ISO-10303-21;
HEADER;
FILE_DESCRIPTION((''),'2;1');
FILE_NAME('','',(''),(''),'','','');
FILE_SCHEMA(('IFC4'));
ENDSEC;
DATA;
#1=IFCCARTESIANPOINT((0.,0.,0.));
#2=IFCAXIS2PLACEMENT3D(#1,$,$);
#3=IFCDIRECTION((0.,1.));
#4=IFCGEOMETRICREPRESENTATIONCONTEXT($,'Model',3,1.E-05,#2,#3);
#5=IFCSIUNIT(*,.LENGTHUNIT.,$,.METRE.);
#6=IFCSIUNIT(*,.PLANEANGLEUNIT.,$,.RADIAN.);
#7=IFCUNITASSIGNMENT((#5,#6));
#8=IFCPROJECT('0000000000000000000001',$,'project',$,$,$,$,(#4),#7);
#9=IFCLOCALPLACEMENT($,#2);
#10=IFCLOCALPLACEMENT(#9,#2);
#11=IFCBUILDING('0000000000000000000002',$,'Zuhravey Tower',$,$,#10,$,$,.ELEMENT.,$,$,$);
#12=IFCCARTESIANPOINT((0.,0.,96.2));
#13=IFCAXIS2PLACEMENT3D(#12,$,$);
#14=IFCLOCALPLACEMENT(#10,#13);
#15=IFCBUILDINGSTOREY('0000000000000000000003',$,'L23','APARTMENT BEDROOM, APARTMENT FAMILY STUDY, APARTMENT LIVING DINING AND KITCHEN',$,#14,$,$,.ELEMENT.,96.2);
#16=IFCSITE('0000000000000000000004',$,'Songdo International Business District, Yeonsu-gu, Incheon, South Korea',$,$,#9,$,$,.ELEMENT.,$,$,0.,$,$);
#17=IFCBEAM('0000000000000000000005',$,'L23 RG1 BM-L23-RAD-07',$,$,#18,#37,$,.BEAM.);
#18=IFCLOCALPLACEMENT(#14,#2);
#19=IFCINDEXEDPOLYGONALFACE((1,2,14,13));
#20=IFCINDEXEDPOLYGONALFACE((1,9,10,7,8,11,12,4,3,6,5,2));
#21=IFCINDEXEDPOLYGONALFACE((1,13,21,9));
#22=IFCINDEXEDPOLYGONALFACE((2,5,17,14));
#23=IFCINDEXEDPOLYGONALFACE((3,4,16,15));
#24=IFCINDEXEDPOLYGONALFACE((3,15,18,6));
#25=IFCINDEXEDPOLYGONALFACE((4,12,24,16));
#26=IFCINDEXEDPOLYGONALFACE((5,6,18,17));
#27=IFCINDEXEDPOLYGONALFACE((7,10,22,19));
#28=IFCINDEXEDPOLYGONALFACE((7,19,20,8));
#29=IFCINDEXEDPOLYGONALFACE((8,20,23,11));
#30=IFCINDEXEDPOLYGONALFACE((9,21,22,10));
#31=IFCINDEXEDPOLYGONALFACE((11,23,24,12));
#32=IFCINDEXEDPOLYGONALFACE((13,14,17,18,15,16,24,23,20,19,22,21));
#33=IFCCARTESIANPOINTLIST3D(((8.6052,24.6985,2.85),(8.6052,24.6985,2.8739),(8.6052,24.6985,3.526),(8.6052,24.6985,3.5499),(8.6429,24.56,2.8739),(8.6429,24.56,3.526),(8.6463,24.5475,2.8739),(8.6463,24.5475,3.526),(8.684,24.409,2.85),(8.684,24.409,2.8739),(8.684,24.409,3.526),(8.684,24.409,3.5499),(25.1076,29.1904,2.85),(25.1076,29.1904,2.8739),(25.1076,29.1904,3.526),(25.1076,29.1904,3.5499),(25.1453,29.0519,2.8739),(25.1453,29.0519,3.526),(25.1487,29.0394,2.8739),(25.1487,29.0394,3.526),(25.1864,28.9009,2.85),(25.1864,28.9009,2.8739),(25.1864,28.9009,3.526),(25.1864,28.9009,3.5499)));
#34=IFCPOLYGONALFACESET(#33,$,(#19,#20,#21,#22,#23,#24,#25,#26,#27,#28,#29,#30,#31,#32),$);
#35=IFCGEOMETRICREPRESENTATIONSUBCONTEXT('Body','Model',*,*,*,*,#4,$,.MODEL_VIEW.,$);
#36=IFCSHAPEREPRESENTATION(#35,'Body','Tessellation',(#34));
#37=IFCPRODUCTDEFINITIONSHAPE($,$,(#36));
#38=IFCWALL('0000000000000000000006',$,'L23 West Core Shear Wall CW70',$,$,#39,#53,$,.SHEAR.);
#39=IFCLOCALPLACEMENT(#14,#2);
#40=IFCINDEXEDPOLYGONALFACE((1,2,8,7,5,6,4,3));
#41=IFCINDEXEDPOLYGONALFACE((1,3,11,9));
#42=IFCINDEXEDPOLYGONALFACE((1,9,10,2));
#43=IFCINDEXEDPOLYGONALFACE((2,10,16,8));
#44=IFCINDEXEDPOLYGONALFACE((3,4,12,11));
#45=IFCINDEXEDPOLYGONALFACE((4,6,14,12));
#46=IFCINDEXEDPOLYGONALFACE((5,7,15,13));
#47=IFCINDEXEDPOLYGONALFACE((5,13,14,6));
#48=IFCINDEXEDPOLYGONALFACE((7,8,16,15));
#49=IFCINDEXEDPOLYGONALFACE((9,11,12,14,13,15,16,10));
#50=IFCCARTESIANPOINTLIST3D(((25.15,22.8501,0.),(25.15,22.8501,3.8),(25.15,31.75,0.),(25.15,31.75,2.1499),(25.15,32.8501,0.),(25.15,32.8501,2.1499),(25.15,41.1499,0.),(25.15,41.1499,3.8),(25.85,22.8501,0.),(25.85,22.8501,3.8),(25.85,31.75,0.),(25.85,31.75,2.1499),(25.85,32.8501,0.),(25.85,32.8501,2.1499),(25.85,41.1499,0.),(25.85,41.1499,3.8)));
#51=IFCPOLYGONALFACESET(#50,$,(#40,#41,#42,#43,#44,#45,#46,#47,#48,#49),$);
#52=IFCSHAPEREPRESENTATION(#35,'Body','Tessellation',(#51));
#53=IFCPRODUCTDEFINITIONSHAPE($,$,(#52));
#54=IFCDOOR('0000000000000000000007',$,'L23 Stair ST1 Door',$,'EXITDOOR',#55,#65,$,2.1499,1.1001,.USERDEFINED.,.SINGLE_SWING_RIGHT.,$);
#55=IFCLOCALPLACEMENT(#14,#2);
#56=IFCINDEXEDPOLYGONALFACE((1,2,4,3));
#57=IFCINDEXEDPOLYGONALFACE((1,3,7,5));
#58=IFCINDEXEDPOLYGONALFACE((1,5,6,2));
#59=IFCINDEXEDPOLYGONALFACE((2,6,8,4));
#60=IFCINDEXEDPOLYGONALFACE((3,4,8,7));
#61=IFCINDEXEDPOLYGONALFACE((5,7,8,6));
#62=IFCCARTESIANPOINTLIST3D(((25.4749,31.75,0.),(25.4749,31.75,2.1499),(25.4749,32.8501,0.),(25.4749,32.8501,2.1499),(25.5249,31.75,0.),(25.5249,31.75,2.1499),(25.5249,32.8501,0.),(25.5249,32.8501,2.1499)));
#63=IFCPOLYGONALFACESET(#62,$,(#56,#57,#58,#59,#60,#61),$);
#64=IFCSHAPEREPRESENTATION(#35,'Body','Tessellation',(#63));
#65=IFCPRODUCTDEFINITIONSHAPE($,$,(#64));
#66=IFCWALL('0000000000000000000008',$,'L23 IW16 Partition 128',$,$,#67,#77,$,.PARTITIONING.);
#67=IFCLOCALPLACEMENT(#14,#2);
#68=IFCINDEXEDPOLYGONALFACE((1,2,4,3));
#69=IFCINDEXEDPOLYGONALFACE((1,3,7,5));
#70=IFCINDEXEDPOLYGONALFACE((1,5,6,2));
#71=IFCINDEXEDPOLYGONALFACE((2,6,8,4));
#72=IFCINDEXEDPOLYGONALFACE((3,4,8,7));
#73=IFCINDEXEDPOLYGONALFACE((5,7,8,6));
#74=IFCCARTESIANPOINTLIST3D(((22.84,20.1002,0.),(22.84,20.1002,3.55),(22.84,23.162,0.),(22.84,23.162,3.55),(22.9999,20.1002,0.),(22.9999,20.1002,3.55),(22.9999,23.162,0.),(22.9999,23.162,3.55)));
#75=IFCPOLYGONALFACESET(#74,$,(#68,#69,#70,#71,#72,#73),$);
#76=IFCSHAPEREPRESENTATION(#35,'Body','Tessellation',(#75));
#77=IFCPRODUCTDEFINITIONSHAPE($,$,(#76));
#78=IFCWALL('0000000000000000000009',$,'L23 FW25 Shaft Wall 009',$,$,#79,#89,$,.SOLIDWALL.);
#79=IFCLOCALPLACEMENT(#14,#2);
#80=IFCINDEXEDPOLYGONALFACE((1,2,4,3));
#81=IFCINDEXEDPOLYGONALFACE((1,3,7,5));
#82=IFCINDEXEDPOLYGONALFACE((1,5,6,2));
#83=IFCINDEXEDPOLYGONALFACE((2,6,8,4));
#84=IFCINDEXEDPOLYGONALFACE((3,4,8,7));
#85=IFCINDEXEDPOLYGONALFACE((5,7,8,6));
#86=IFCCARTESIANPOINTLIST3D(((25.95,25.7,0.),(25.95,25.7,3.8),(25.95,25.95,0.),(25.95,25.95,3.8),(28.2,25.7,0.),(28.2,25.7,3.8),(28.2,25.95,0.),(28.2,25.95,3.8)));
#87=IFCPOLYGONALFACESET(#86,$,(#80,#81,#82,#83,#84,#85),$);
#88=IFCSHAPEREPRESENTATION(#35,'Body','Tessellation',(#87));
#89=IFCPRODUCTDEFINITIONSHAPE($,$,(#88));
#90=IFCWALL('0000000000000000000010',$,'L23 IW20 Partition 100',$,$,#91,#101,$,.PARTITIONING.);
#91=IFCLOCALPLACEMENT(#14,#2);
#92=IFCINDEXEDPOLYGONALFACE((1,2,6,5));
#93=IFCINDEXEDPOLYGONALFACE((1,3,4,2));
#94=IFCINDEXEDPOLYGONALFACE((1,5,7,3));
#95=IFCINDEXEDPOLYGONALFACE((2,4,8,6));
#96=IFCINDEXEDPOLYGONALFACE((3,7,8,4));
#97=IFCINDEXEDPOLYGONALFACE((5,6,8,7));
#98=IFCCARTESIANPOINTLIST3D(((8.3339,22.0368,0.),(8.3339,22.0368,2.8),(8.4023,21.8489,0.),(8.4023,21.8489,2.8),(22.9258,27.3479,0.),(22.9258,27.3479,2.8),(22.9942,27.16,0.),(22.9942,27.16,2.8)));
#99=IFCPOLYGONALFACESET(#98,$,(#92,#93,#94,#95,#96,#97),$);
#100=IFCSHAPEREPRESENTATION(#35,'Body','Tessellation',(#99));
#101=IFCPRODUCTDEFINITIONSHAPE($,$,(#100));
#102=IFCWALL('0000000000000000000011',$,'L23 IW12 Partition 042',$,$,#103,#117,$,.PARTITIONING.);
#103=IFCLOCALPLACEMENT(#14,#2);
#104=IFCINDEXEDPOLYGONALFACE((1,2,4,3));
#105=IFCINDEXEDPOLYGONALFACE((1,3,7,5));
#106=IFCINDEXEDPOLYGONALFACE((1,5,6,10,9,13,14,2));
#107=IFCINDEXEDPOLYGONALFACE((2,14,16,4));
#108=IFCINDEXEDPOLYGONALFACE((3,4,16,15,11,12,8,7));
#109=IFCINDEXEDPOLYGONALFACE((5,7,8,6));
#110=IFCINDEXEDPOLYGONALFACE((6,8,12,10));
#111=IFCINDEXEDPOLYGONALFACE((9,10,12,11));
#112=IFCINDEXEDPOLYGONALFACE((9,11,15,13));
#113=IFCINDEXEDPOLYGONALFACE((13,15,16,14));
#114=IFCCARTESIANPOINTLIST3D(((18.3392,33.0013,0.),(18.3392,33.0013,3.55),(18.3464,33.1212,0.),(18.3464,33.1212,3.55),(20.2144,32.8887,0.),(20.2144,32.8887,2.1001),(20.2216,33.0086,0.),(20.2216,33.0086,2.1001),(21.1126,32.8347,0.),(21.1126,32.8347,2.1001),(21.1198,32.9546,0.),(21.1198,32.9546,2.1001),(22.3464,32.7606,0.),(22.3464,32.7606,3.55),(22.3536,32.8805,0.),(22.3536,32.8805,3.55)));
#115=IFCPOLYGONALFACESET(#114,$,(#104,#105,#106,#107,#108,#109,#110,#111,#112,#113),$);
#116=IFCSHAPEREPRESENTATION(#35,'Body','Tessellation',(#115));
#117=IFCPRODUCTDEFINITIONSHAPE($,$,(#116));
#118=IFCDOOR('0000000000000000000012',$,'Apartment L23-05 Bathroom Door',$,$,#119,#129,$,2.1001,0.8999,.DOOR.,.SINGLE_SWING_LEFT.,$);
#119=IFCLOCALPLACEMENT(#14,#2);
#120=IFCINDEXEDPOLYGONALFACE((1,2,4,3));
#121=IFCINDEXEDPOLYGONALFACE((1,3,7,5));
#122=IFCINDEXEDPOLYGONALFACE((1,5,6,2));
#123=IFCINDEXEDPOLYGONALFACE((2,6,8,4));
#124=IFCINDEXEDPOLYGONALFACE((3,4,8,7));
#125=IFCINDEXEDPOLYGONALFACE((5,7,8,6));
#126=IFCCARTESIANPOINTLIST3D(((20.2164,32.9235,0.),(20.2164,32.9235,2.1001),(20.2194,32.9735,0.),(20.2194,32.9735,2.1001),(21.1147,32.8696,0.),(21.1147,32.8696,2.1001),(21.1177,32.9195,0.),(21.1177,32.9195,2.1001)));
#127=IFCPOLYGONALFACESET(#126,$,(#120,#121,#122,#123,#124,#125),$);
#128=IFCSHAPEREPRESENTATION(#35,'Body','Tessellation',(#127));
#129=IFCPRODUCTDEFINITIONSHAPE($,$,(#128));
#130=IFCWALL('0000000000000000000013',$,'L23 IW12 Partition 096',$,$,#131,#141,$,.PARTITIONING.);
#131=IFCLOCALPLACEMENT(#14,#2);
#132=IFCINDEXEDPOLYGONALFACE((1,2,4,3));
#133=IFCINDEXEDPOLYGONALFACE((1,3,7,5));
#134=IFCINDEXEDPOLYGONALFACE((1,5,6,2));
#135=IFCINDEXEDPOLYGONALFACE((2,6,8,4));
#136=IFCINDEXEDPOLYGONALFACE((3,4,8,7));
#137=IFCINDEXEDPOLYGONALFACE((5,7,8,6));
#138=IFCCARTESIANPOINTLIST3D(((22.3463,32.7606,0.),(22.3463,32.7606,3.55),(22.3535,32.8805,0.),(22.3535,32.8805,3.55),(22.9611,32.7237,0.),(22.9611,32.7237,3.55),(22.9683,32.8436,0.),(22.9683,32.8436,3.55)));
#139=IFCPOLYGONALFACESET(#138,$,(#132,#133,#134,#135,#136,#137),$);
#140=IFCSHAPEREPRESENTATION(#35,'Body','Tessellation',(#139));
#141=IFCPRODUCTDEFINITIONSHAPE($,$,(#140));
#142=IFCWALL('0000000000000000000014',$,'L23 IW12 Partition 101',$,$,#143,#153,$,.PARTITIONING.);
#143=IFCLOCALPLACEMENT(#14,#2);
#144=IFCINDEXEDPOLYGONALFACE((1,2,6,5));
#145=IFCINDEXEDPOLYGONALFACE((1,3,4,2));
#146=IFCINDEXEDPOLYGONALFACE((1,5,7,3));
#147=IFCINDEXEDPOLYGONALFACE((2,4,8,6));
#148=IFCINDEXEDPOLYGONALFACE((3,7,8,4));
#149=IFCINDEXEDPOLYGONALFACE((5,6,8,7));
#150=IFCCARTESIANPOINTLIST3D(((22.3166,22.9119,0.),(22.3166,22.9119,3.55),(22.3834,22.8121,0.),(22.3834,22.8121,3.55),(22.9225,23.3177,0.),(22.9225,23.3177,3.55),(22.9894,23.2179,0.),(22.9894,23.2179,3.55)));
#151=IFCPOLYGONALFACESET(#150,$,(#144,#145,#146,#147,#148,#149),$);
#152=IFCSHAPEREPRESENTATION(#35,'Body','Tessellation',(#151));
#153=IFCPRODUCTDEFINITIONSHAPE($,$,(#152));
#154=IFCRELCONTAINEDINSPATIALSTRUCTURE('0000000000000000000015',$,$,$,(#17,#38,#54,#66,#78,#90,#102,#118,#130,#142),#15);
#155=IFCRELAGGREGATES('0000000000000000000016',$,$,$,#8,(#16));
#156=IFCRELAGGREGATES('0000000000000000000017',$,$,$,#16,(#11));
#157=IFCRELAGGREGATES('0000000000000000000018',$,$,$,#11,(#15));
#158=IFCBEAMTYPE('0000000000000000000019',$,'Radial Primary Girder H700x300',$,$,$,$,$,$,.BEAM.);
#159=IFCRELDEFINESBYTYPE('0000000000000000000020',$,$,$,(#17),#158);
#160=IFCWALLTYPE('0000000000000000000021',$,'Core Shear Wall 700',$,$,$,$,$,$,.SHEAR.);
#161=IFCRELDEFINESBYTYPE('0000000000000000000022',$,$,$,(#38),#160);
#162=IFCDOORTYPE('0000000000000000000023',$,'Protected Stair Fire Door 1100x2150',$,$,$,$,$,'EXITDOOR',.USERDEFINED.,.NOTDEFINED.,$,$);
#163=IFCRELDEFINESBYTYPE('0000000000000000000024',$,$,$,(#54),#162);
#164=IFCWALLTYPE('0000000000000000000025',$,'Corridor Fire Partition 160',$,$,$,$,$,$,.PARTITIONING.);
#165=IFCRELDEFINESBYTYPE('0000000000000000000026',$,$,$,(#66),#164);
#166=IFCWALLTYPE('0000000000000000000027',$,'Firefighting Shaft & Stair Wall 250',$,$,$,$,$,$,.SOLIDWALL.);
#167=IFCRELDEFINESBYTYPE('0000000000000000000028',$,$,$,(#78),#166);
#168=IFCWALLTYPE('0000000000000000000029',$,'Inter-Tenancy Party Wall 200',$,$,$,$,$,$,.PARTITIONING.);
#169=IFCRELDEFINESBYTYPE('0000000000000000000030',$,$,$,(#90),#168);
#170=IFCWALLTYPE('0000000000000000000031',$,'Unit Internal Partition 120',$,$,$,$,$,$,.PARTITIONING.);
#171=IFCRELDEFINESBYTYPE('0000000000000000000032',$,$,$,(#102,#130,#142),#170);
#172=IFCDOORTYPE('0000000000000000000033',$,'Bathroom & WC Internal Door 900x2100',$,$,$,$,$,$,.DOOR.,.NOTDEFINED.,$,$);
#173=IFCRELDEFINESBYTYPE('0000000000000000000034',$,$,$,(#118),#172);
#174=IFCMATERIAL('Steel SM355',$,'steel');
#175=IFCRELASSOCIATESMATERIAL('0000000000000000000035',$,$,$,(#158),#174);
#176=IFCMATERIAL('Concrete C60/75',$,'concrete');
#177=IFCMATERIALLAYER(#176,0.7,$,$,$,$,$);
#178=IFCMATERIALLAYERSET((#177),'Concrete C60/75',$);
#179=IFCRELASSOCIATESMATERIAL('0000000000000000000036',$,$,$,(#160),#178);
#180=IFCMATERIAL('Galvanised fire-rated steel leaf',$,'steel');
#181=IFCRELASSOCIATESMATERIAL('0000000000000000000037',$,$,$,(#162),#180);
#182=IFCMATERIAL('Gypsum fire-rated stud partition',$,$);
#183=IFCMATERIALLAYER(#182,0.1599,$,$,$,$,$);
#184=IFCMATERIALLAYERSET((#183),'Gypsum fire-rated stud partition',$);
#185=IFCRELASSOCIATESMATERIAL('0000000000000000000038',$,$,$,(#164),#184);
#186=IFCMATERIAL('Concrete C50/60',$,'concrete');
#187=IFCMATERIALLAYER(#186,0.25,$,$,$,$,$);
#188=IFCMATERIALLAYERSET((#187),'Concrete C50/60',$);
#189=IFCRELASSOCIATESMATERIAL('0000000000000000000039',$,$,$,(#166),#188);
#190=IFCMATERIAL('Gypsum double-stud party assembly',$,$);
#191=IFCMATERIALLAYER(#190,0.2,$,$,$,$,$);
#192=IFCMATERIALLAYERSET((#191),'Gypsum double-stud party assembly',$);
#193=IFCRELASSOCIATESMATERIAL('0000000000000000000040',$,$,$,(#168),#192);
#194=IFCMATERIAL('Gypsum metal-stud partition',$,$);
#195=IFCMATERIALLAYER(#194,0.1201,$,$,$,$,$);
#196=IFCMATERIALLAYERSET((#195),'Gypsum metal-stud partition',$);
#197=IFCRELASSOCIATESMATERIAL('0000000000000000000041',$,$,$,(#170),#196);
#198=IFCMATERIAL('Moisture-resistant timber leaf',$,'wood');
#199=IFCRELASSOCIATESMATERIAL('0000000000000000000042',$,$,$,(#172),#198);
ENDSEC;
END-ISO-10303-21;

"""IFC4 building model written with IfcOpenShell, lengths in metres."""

from ifc_helpers import new_model, si_unit, direction, frame, frame_2d, origin, origin_2d, place, context, subcontext, project, spatial, rectangle, i_section, extrude, material, layer, layer_set, material_profile, profile_set, type_object, element, fill, save


model = new_model("IFC4")

# Units and contexts
model_context = context("Model", 3, precision=1e-05, world=origin(), true_north=direction((0.0, 1.0)))
body_context = subcontext(model_context, "Body", "Model", "MODEL_VIEW")
ifc_project = project(units=[si_unit("LENGTHUNIT", "METRE"), si_unit("PLANEANGLEUNIT", "RADIAN")], contexts=[model_context])

# Site, building, storey
site_placement = place(None, origin())
site = spatial("IfcSite", under=ifc_project, at=site_placement, Name="Songdo International Business District, Yeonsu-gu, Incheon, South Korea", CompositionType="ELEMENT", RefElevation=0.0)
building_placement = place(site_placement, origin())
building = spatial("IfcBuilding", under=site, at=building_placement, Name="Zuhravey Tower", CompositionType="ELEMENT")
storey_placement = place(building_placement, frame((0.0, 0.0, 96.2)))
storey = spatial("IfcBuildingStorey", under=building, at=storey_placement, Name="L23", Description="APARTMENT BEDROOM, APARTMENT FAMILY STUDY, APARTMENT LIVING DINING AND KITCHEN", CompositionType="ELEMENT", Elevation=96.2)

# Beam
ifc_material_1 = material(Name="Steel SM355", Category="steel")
ifc_material_profile = material_profile(ifc_material_1, i_section(OverallWidth=0.3, OverallDepth=0.7, WebThickness=0.0129, FlangeThickness=0.0239, at=origin_2d()), Name="H-700x300x13x24")
ifc_profile_set = profile_set([ifc_material_profile], Name="Steel SM355")
beam_type = type_object("IfcBeamType", Name="Radial Primary Girder H700x300", PredefinedType="BEAM", material=ifc_profile_set)
beam_placement = place(storey_placement, frame((25.147, 29.0457, 3.2), z_axis=(-0.964893, -0.262643, 0.0), x_axis=(0.262643, -0.964893, 0.0)))
element("IfcBeam", 1, at=beam_placement, inside=storey, type_object=beam_type, Name="L23 RG1 BM-L23-RAD-07", PredefinedType="BEAM", context=body_context, shape_type="SweptSolid", body=[
    extrude(i_section(OverallWidth=0.3, OverallDepth=0.7, WebThickness=0.0129, FlangeThickness=0.0239, at=origin_2d()), origin(), (0.0, 0.0, 1.0), 17.1028),
])

# Wall, opening, door
ifc_material_2 = material(Name="Concrete C60/75", Category="concrete")
ifc_layer_1 = layer(ifc_material_2, 0.7)
ifc_layer_set_1 = layer_set([ifc_layer_1], Name="Concrete C60/75")
wall_type_1 = type_object("IfcWallType", Name="Core Shear Wall 700", PredefinedType="SHEAR", material=ifc_layer_set_1)
ifc_material_3 = material(Name="Galvanised fire-rated steel leaf", Category="steel")
wall_1_placement = place(storey_placement, frame((25.5, 22.8501, 0.0), z_axis=(0.0, 0.0, 1.0), x_axis=(0.0, 1.0, 0.0)))
wall_1 = element("IfcWall", 2, at=wall_1_placement, inside=storey, type_object=wall_type_1, Name="L23 West Core Shear Wall CW70", PredefinedType="SHEAR", context=body_context, shape_type="SweptSolid", body=[
    extrude(rectangle(XDim=18.2998, YDim=0.7, at=frame_2d((9.1499, 0.0))), origin(), (0.0, 0.0, 1.0), 3.8),
])
opening_1_placement = place(wall_1_placement, frame((8.8999, 0.0, 0.0)))
opening_1 = element("IfcOpeningElement", 3, at=opening_1_placement, cuts=wall_1, PredefinedType="OPENING", context=body_context, shape_type="SweptSolid", body=[
    extrude(rectangle(XDim=1.1001, YDim=2.1499, at=frame_2d((0.55, 1.075))), frame((0.0, 0.3621, 0.0), z_axis=(0.0, -1.0, 0.0), x_axis=(1.0, 0.0, 0.0)), (0.0, 0.0, 1.0), 0.7239),
])
door_type_1 = type_object("IfcDoorType", Name="Protected Stair Fire Door 1100x2150", ElementType="EXITDOOR", OperationType="NOTDEFINED", PredefinedType="USERDEFINED", material=ifc_material_3)
door_1_placement = place(opening_1_placement, frame((1.1001, 0.0, 0.0), z_axis=(0.0, 0.0, 1.0), x_axis=(-1.0, 0.0, 0.0)))
door_1 = element("IfcDoor", 4, at=door_1_placement, inside=storey, type_object=door_type_1, Name="L23 Stair ST1 Door", ObjectType="EXITDOOR", OperationType="SINGLE_SWING_RIGHT", OverallHeight=2.1499, OverallWidth=1.1001, PredefinedType="USERDEFINED", context=body_context, shape_type="SweptSolid", body=[
    extrude(rectangle(XDim=1.1001, YDim=2.1499, at=frame_2d((0.55, 1.075))), frame((0.0, 0.0249, 0.0), z_axis=(0.0, -1.0, 0.0), x_axis=(1.0, 0.0, 0.0)), (0.0, 0.0, 1.0), 0.05),
])
fill(opening_1, door_1)
ifc_material_4 = material(Name="Gypsum fire-rated stud partition")
ifc_layer_2 = layer(ifc_material_4, 0.1599)
ifc_layer_set_2 = layer_set([ifc_layer_2], Name="Gypsum fire-rated stud partition")
wall_type_2 = type_object("IfcWallType", Name="Corridor Fire Partition 160", PredefinedType="PARTITIONING", material=ifc_layer_set_2)

# Walls
wall_2_placement = place(storey_placement, frame((22.9199, 23.1619, 0.0), z_axis=(0.0, 0.0, 1.0), x_axis=(0.0, -1.0, 0.0)))
element("IfcWall", 5, at=wall_2_placement, inside=storey, type_object=wall_type_2, Name="L23 IW16 Partition 128", PredefinedType="PARTITIONING", context=body_context, shape_type="SweptSolid", body=[
    extrude(rectangle(XDim=3.0618, YDim=0.1599, at=frame_2d((1.5308, 0.0))), origin(), (0.0, 0.0, 1.0), 3.55),
])
ifc_material_5 = material(Name="Concrete C50/60", Category="concrete")
ifc_layer_3 = layer(ifc_material_5, 0.25)
ifc_layer_set_3 = layer_set([ifc_layer_3], Name="Concrete C50/60")
wall_type_3 = type_object("IfcWallType", Name="Firefighting Shaft & Stair Wall 250", PredefinedType="SOLIDWALL", material=ifc_layer_set_3)
wall_3_placement = place(storey_placement, frame((25.95, 25.825, 0.0), z_axis=(0.0, 0.0, 1.0), x_axis=(1.0, 0.0, 0.0)))
element("IfcWall", 6, at=wall_3_placement, inside=storey, type_object=wall_type_3, Name="L23 FW25 Shaft Wall 009", PredefinedType="SOLIDWALL", context=body_context, shape_type="SweptSolid", body=[
    extrude(rectangle(XDim=2.25, YDim=0.25, at=frame_2d((1.125, 0.0))), origin(), (0.0, 0.0, 1.0), 3.8),
])
ifc_material_6 = material(Name="Gypsum double-stud party assembly")
ifc_layer_4 = layer(ifc_material_6, 0.2)
ifc_layer_set_4 = layer_set([ifc_layer_4], Name="Gypsum double-stud party assembly")
wall_type_4 = type_object("IfcWallType", Name="Inter-Tenancy Party Wall 200", PredefinedType="PARTITIONING", material=ifc_layer_set_4)
wall_4_placement = place(storey_placement, frame((22.96, 27.2539, 0.0), z_axis=(0.0, 0.0, 1.0), x_axis=(-0.939691, -0.342023, 0.0)))
element("IfcWall", 7, at=wall_4_placement, inside=storey, type_object=wall_type_4, Name="L23 IW20 Partition 100", PredefinedType="PARTITIONING", context=body_context, shape_type="SweptSolid", body=[
    extrude(rectangle(XDim=15.5283, YDim=0.2, at=frame_2d((7.7642, 0.0))), origin(), (0.0, 0.0, 1.0), 2.8),
])

# Wall, opening, door
ifc_material_7 = material(Name="Gypsum metal-stud partition")
ifc_layer_5 = layer(ifc_material_7, 0.1201)
ifc_layer_set_5 = layer_set([ifc_layer_5], Name="Gypsum metal-stud partition")
wall_type_5 = type_object("IfcWallType", Name="Unit Internal Partition 120", PredefinedType="PARTITIONING", material=ifc_layer_set_5)
wall_5_placement = place(storey_placement, frame((22.3501, 32.8206, 0.0), z_axis=(0.0, 0.0, 1.0), x_axis=(-0.9982, 0.059966, 0.0)))
wall_5 = element("IfcWall", 8, at=wall_5_placement, inside=storey, type_object=wall_type_5, Name="L23 IW12 Partition 042", PredefinedType="PARTITIONING", context=body_context, shape_type="SweptSolid", body=[
    extrude(rectangle(XDim=4.0144, YDim=0.1201, at=frame_2d((2.0073, 0.0))), origin(), (0.0, 0.0, 1.0), 3.55),
])
opening_2_placement = place(wall_5_placement, frame((1.2361, 0.0, 0.0)))
opening_2 = element("IfcOpeningElement", 9, at=opening_2_placement, cuts=wall_5, PredefinedType="OPENING", context=body_context, shape_type="SweptSolid", body=[
    extrude(rectangle(XDim=0.8999, YDim=2.1001, at=frame_2d((0.45, 1.05))), frame((0.0, 0.072, 0.0), z_axis=(0.0, -1.0, 0.0), x_axis=(1.0, 0.0, 0.0)), (0.0, 0.0, 1.0), 0.144),
])
ifc_material_8 = material(Name="Moisture-resistant timber leaf", Category="wood")
door_type_2 = type_object("IfcDoorType", Name="Bathroom & WC Internal Door 900x2100", OperationType="NOTDEFINED", PredefinedType="DOOR", material=ifc_material_8)
door_2_placement = place(opening_2_placement, frame((0.8999, 0.0, 0.0), z_axis=(0.0, 0.0, 1.0), x_axis=(-1.0, 0.0, 0.0)))
door_2 = element("IfcDoor", 10, at=door_2_placement, inside=storey, type_object=door_type_2, Name="Apartment L23-05 Bathroom Door", OperationType="SINGLE_SWING_LEFT", OverallHeight=2.1001, OverallWidth=0.8999, PredefinedType="DOOR", context=body_context, shape_type="SweptSolid", body=[
    extrude(rectangle(XDim=0.8999, YDim=2.1001, at=frame_2d((0.45, 1.05))), frame((0.0, 0.0249, 0.0), z_axis=(0.0, -1.0, 0.0), x_axis=(1.0, 0.0, 0.0)), (0.0, 0.0, 1.0), 0.05),
])
fill(opening_2, door_2)

# Walls
wall_6_placement = place(storey_placement, frame((22.9648, 32.7837, 0.0), z_axis=(0.0, 0.0, 1.0), x_axis=(-0.998207, 0.059861, 0.0)))
element("IfcWall", 11, at=wall_6_placement, inside=storey, type_object=wall_type_5, Name="L23 IW12 Partition 096", PredefinedType="PARTITIONING", context=body_context, shape_type="SweptSolid", body=[
    extrude(rectangle(XDim=0.616, YDim=0.1201, at=frame_2d((0.3081, 0.0))), origin(), (0.0, 0.0, 1.0), 3.55),
])
wall_7_placement = place(storey_placement, frame((22.9561, 23.2678, 0.0), z_axis=(0.0, 0.0, 1.0), x_axis=(-0.830915, -0.556399, 0.0)))
element("IfcWall", 12, at=wall_7_placement, inside=storey, type_object=wall_type_5, Name="L23 IW12 Partition 101", PredefinedType="PARTITIONING", context=body_context, shape_type="SweptSolid", body=[
    extrude(rectangle(XDim=0.7292, YDim=0.1201, at=frame_2d((0.3647, 0.0))), origin(), (0.0, 0.0, 1.0), 3.55),
])

save(model, "model.ifc")
